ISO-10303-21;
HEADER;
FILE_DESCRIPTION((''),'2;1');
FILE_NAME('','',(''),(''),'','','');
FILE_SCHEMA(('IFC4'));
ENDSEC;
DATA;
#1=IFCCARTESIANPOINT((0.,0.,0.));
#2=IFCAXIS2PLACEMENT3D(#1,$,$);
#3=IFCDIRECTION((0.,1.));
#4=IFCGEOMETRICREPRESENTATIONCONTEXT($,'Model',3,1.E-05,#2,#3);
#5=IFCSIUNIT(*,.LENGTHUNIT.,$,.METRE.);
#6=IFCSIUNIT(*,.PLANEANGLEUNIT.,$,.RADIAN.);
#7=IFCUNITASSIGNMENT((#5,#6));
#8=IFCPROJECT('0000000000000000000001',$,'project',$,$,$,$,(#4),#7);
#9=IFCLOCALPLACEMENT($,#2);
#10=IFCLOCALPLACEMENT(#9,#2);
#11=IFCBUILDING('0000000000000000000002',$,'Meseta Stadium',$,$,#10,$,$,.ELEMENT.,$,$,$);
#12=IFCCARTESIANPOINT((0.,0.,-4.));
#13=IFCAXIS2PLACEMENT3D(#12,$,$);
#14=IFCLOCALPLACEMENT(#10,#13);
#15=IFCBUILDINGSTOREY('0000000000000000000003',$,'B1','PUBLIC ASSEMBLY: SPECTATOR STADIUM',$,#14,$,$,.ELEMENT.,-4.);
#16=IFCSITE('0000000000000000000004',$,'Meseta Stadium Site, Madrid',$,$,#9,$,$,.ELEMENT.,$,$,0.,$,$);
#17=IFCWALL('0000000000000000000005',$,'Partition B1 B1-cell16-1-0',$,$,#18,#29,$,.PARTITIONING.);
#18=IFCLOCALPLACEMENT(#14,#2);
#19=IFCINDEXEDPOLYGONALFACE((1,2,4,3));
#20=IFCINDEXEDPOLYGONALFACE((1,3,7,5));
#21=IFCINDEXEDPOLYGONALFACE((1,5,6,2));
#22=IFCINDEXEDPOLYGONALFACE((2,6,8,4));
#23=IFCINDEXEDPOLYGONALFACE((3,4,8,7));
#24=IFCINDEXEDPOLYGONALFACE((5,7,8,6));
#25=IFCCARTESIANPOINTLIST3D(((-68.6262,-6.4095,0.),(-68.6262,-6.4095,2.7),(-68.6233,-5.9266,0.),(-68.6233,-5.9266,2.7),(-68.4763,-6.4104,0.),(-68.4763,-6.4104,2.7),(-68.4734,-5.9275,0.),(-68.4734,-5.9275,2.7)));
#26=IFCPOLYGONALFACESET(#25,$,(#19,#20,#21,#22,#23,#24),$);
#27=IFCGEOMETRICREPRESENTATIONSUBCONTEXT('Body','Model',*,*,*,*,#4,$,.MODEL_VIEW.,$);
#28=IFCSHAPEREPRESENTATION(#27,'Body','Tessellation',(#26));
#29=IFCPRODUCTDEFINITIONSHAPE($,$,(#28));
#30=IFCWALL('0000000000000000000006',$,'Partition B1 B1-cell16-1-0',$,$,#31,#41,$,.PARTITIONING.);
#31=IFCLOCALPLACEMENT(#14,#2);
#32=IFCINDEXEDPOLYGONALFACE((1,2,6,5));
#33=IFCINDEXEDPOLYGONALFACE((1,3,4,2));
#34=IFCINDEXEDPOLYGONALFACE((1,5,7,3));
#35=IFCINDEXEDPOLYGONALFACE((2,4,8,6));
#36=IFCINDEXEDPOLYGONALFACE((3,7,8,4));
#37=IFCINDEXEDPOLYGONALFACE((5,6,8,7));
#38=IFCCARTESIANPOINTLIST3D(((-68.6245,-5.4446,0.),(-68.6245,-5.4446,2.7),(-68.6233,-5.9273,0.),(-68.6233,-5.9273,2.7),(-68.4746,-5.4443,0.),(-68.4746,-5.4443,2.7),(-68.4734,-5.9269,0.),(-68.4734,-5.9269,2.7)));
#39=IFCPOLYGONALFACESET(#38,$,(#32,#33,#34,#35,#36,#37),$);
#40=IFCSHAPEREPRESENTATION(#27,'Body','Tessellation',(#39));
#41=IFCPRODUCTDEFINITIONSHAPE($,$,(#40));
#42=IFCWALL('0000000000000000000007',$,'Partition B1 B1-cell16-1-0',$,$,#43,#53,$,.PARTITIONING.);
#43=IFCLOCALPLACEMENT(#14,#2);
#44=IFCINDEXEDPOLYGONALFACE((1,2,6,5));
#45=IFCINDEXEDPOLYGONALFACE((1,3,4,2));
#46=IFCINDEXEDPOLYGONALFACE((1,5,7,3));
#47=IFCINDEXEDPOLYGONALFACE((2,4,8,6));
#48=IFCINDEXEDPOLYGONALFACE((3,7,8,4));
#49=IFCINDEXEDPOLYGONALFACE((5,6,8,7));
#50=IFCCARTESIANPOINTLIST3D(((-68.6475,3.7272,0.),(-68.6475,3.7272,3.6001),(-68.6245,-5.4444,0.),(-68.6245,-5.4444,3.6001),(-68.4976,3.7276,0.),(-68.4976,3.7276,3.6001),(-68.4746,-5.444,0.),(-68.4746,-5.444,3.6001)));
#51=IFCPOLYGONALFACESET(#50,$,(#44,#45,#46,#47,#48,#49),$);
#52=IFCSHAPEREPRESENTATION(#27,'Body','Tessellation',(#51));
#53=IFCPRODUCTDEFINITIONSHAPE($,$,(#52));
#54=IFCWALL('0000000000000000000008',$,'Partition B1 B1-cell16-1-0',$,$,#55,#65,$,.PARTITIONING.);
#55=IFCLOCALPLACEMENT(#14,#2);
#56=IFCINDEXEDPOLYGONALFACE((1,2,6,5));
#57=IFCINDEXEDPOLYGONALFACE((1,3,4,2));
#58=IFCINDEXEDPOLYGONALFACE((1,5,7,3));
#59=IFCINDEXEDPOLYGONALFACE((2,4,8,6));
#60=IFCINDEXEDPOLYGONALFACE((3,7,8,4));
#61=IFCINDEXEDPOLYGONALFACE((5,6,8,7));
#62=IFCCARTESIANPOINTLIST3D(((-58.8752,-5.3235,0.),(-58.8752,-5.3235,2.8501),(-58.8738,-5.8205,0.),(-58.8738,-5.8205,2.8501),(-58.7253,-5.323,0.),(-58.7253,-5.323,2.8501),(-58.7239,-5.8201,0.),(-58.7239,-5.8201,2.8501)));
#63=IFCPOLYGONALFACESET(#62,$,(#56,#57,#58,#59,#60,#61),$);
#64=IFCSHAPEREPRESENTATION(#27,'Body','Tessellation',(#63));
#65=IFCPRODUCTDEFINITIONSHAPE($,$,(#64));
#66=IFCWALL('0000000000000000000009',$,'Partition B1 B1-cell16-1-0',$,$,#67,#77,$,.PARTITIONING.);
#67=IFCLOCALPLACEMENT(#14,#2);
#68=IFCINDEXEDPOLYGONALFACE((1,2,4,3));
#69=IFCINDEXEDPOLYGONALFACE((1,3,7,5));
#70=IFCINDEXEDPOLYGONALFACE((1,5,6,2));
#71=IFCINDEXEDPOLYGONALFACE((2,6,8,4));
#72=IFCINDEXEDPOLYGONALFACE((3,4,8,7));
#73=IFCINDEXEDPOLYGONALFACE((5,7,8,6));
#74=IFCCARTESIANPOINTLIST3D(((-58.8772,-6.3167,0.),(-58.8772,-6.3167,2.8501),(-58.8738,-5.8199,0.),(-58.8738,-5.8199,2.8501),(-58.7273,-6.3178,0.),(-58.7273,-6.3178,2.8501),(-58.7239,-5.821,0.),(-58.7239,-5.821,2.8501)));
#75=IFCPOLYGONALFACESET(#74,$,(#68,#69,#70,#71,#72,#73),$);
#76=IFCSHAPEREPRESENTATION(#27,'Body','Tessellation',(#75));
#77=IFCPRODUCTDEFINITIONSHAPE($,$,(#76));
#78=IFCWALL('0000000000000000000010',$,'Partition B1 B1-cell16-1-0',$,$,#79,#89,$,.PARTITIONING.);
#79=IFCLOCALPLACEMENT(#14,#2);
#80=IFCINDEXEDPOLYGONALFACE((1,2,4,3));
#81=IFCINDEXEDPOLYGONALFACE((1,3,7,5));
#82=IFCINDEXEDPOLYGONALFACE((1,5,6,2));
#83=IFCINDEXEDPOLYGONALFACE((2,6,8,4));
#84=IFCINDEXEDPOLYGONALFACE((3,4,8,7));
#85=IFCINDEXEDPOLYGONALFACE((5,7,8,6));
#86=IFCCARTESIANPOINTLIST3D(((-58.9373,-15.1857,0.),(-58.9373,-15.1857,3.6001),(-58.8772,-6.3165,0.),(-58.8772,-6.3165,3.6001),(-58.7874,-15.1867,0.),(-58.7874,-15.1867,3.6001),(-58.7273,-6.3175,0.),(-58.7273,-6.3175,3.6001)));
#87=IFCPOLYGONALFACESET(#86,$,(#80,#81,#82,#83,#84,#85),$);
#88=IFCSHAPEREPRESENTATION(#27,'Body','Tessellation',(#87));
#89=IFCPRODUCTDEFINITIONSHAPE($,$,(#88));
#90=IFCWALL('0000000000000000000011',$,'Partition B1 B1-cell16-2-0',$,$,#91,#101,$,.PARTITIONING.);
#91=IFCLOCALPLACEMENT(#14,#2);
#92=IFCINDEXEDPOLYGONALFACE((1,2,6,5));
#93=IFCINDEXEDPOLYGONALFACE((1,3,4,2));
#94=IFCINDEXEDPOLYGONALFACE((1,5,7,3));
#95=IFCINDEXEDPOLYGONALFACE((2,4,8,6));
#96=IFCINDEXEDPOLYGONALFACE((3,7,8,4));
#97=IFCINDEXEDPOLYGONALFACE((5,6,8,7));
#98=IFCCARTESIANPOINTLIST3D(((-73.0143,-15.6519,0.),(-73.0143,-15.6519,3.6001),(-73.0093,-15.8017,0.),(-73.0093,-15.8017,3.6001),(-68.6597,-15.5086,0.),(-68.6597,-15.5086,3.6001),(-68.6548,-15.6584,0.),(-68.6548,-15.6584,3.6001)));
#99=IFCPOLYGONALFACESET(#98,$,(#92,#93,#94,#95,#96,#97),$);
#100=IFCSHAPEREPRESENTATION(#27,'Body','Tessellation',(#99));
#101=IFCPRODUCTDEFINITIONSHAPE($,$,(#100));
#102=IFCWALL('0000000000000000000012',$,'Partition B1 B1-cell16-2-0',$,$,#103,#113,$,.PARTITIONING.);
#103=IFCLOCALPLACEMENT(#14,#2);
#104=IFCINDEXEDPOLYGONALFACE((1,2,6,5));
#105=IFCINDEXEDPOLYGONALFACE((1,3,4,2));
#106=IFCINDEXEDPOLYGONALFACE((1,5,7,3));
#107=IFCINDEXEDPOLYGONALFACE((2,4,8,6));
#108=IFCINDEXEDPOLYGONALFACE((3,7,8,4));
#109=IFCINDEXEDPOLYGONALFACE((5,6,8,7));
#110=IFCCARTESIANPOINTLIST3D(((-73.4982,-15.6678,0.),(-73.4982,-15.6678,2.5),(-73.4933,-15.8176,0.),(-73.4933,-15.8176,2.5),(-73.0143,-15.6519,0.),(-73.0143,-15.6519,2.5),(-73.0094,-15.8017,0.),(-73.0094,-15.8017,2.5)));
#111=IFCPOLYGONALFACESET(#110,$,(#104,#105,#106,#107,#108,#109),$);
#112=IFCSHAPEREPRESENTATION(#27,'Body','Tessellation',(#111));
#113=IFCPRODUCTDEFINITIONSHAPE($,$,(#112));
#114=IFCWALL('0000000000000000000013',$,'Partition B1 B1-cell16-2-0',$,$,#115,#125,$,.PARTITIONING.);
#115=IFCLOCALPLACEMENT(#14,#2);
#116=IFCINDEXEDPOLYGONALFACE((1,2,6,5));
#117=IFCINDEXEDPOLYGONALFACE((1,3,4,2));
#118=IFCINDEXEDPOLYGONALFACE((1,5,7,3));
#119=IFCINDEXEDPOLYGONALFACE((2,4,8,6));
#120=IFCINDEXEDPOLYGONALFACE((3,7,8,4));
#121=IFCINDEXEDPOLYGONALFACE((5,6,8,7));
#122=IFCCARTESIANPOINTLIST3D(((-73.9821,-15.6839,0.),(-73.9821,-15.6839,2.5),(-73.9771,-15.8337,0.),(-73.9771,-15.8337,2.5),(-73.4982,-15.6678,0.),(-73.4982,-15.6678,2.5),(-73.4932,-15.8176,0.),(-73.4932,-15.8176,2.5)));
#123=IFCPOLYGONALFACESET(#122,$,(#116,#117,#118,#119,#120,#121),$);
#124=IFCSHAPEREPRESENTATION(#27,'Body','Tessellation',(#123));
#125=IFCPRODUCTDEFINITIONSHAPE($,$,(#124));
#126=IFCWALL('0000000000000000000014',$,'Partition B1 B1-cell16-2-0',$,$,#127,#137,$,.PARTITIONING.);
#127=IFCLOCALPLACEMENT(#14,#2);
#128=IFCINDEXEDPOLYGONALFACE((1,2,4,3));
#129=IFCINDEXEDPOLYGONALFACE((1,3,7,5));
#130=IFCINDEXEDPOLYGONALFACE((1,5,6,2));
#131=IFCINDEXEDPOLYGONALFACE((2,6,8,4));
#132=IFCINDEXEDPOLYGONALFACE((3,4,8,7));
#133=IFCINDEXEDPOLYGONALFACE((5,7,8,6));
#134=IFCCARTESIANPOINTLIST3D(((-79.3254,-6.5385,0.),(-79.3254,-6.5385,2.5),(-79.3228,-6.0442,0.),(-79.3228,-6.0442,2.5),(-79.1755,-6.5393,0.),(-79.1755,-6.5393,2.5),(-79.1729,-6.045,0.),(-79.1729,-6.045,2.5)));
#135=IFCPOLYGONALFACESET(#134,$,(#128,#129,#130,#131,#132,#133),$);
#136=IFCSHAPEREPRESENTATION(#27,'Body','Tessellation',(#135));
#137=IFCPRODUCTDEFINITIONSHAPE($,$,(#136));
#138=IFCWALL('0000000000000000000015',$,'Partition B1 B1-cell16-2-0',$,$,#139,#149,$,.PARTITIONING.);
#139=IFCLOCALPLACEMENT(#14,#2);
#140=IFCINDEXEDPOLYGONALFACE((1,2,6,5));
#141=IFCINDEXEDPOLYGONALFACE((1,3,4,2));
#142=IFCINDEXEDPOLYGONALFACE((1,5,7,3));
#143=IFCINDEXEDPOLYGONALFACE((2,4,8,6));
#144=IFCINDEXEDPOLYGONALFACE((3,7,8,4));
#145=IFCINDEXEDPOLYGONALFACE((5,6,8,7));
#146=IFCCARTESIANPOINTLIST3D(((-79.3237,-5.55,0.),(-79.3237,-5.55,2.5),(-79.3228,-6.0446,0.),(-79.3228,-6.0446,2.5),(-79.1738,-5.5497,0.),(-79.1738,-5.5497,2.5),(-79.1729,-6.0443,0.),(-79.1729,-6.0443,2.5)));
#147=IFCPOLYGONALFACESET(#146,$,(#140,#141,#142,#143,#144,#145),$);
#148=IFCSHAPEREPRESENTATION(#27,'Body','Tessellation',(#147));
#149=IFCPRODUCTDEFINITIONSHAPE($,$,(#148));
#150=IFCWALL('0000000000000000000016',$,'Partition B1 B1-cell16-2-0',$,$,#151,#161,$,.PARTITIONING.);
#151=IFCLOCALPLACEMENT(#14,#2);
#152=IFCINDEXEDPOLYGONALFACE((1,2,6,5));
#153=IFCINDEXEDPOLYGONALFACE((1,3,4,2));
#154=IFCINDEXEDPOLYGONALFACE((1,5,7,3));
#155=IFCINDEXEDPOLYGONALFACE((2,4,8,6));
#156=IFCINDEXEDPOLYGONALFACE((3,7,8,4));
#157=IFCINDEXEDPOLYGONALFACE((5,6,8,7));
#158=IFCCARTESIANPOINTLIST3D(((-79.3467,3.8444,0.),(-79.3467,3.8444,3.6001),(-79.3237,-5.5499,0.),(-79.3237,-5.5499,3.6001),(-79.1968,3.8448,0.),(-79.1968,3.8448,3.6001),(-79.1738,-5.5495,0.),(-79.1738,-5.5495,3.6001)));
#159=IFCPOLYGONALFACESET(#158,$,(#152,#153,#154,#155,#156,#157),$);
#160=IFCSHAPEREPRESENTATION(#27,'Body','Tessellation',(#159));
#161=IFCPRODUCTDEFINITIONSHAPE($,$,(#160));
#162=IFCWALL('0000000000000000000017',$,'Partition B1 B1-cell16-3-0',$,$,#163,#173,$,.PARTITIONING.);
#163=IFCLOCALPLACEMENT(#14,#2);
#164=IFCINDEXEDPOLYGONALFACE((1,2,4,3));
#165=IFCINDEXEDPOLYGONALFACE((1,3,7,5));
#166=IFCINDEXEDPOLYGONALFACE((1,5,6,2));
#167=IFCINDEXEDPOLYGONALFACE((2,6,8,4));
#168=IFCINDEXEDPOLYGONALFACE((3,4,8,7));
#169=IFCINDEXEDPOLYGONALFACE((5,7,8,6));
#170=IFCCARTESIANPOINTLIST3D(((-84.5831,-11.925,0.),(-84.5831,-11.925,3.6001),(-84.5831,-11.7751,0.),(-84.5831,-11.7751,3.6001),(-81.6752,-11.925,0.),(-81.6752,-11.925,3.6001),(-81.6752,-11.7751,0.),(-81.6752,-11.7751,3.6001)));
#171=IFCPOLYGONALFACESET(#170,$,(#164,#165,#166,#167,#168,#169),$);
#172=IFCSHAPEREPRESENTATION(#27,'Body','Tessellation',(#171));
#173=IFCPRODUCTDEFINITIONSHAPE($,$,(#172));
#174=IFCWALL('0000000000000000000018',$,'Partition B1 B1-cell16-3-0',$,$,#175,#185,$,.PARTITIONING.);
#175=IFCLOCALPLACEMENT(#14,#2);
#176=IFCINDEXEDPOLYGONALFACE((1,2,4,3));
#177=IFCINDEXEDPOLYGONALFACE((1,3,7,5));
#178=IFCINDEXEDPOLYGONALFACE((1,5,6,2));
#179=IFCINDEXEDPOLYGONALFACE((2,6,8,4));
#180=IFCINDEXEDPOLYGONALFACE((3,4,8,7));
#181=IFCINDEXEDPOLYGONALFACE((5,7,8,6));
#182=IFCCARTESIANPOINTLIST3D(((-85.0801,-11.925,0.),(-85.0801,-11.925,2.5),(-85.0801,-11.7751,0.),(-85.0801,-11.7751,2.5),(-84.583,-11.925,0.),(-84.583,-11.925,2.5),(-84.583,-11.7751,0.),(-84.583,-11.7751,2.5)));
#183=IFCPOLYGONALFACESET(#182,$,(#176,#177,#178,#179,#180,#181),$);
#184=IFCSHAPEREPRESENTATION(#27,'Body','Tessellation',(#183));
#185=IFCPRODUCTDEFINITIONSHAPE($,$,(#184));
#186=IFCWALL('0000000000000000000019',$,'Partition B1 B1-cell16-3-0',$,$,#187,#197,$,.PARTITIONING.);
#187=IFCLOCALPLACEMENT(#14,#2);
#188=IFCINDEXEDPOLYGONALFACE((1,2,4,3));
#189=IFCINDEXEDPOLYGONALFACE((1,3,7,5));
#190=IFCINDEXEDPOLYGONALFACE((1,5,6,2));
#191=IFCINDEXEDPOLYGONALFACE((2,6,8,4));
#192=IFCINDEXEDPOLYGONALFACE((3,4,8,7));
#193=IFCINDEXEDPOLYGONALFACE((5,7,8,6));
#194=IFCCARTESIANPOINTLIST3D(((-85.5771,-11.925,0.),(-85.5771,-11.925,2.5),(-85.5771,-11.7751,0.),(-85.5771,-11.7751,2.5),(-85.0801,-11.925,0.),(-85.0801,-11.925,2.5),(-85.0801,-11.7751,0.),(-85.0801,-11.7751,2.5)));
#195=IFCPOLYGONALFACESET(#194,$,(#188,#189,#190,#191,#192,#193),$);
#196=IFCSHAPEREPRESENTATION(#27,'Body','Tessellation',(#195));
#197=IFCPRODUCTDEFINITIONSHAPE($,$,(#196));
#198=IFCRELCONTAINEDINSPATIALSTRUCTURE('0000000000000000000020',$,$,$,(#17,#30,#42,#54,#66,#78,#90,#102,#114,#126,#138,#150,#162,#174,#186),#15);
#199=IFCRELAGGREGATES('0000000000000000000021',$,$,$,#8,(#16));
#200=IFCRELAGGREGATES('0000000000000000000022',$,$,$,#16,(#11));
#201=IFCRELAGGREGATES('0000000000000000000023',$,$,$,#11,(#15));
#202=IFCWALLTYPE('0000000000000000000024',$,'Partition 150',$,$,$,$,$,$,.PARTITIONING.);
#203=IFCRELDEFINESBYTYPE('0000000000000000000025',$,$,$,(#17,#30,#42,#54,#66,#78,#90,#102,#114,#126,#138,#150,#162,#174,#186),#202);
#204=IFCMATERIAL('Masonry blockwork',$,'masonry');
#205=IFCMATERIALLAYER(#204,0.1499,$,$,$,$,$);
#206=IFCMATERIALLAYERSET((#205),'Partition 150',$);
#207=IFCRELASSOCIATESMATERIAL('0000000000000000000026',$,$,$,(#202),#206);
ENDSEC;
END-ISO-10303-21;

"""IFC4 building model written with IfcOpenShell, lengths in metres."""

from ifc_helpers import new_model, si_unit, direction, frame, frame_2d, origin, place, context, subcontext, project, spatial, rectangle, extrude, material, layer, layer_set, type_object, element, save


model = new_model("IFC4")

# Units and contexts
model_context = context("Model", 3, precision=1e-05, world=origin(), true_north=direction((0.0, 1.0)))
body_context = subcontext(model_context, "Body", "Model", "MODEL_VIEW")
ifc_project = project(units=[si_unit("LENGTHUNIT", "METRE"), si_unit("PLANEANGLEUNIT", "RADIAN")], contexts=[model_context])

# Site, building, storey
site_placement = place(None, origin())
site = spatial("IfcSite", under=ifc_project, at=site_placement, Name="Meseta Stadium Site, Madrid", CompositionType="ELEMENT", RefElevation=0.0)
building_placement = place(site_placement, origin())
building = spatial("IfcBuilding", under=site, at=building_placement, Name="Meseta Stadium", CompositionType="ELEMENT")
storey_placement = place(building_placement, frame((0.0, 0.0, -4.0)))
storey = spatial("IfcBuildingStorey", under=building, at=storey_placement, Name="B1", Description="PUBLIC ASSEMBLY: SPECTATOR STADIUM", CompositionType="ELEMENT", Elevation=-4.0)

# Walls
ifc_material_1 = material(Name="Masonry blockwork", Category="masonry")
ifc_layer = layer(ifc_material_1, 0.1499)
ifc_layer_set = layer_set([ifc_layer], Name="Partition 150")
wall_type = type_object("IfcWallType", Name="Partition 150", PredefinedType="PARTITIONING", material=ifc_layer_set)
wall_1_placement = place(storey_placement, frame((-68.5513, -6.4099, 0.0), z_axis=(0.0, 0.0, 1.0), x_axis=(0.006067, 0.999982, 0.0)))
element("IfcWall", 1, at=wall_1_placement, inside=storey, type_object=wall_type, Name="Partition B1 B1-cell16-1-0", PredefinedType="PARTITIONING", context=body_context, shape_type="SweptSolid", body=[
    extrude(rectangle(XDim=0.4829, YDim=0.1499, at=frame_2d((0.2415, 0.0))), origin(), (0.0, 0.0, 1.0), 2.7),
])
wall_2_placement = place(storey_placement, frame((-68.5483, -5.927, 0.0), z_axis=(0.0, 0.0, 1.0), x_axis=(-0.002529, 0.999997, 0.0)))
element("IfcWall", 2, at=wall_2_placement, inside=storey, type_object=wall_type, Name="Partition B1 B1-cell16-1-0", PredefinedType="PARTITIONING", context=body_context, shape_type="SweptSolid", body=[
    extrude(rectangle(XDim=0.4827, YDim=0.1499, at=frame_2d((0.2412, 0.0))), origin(), (0.0, 0.0, 1.0), 2.7),
])
wall_3_placement = place(storey_placement, frame((-68.5496, -5.4443, 0.0), z_axis=(0.0, 0.0, 1.0), x_axis=(-0.002502, 0.999997, 0.0)))
element("IfcWall", 3, at=wall_3_placement, inside=storey, type_object=wall_type, Name="Partition B1 B1-cell16-1-0", PredefinedType="PARTITIONING", context=body_context, shape_type="SweptSolid", body=[
    extrude(rectangle(XDim=9.1716, YDim=0.1499, at=frame_2d((4.5859, 0.0))), origin(), (0.0, 0.0, 1.0), 3.6001),
])
wall_4_placement = place(storey_placement, frame((-58.8003, -5.3232, 0.0), z_axis=(0.0, 0.0, 1.0), x_axis=(0.002947, -0.999996, 0.0)))
element("IfcWall", 4, at=wall_4_placement, inside=storey, type_object=wall_type, Name="Partition B1 B1-cell16-1-0", PredefinedType="PARTITIONING", context=body_context, shape_type="SweptSolid", body=[
    extrude(rectangle(XDim=0.4971, YDim=0.1499, at=frame_2d((0.2485, 0.0))), origin(), (0.0, 0.0, 1.0), 2.8501),
])
wall_5_placement = place(storey_placement, frame((-58.7988, -5.8203, 0.0), z_axis=(0.0, 0.0, 1.0), x_axis=(-0.006879, -0.999976, 0.0)))
element("IfcWall", 5, at=wall_5_placement, inside=storey, type_object=wall_type, Name="Partition B1 B1-cell16-1-0", PredefinedType="PARTITIONING", context=body_context, shape_type="SweptSolid", body=[
    extrude(rectangle(XDim=0.4968, YDim=0.1499, at=frame_2d((0.2485, 0.0))), origin(), (0.0, 0.0, 1.0), 2.8501),
])
wall_6_placement = place(storey_placement, frame((-58.8022, -6.3171, 0.0), z_axis=(0.0, 0.0, 1.0), x_axis=(-0.006771, -0.999977, 0.0)))
element("IfcWall", 6, at=wall_6_placement, inside=storey, type_object=wall_type, Name="Partition B1 B1-cell16-1-0", PredefinedType="PARTITIONING", context=body_context, shape_type="SweptSolid", body=[
    extrude(rectangle(XDim=8.8694, YDim=0.1499, at=frame_2d((4.4346, 0.0))), origin(), (0.0, 0.0, 1.0), 3.6001),
])
wall_7_placement = place(storey_placement, frame((-68.6572, -15.5835, 0.0), z_axis=(0.0, 0.0, 1.0), x_axis=(-0.999459, -0.032893, 0.0)))
element("IfcWall", 7, at=wall_7_placement, inside=storey, type_object=wall_type, Name="Partition B1 B1-cell16-2-0", PredefinedType="PARTITIONING", context=body_context, shape_type="SweptSolid", body=[
    extrude(rectangle(XDim=4.3569, YDim=0.1499, at=frame_2d((2.1785, 0.0))), origin(), (0.0, 0.0, 1.0), 3.6001),
])
for number, where, z_axis, x_axis, name in (
    (8, (-73.0117, -15.7268, 0.0), (0.0, 0.0, 1.0), (-0.999463, -0.032778, 0.0), "Partition B1 B1-cell16-2-0"),
    (9, (-73.4956, -15.7427, 0.0), (0.0, 0.0, 1.0), (-0.999446, -0.033281, 0.0), "Partition B1 B1-cell16-2-0"),
):
    element("IfcWall", number, at=place(storey_placement, frame(where, z_axis=z_axis, x_axis=x_axis)), inside=storey, type_object=wall_type, Name=name, PredefinedType="PARTITIONING", context=body_context, shape_type="SweptSolid", body=[
        extrude(rectangle(XDim=0.4841, YDim=0.1499, at=frame_2d((0.2422, 0.0))), origin(), (0.0, 0.0, 1.0), 2.5),
    ])
wall_8_placement = place(storey_placement, frame((-79.2505, -6.5388, 0.0), z_axis=(0.0, 0.0, 1.0), x_axis=(0.005432, 0.999985, 0.0)))
element("IfcWall", 10, at=wall_8_placement, inside=storey, type_object=wall_type, Name="Partition B1 B1-cell16-2-0", PredefinedType="PARTITIONING", context=body_context, shape_type="SweptSolid", body=[
    extrude(rectangle(XDim=0.4944, YDim=0.1499, at=frame_2d((0.2471, 0.0))), origin(), (0.0, 0.0, 1.0), 2.5),
])
wall_9_placement = place(storey_placement, frame((-79.2478, -6.0444, 0.0), z_axis=(0.0, 0.0, 1.0), x_axis=(-0.001974, 0.999998, 0.0)))
element("IfcWall", 11, at=wall_9_placement, inside=storey, type_object=wall_type, Name="Partition B1 B1-cell16-2-0", PredefinedType="PARTITIONING", context=body_context, shape_type="SweptSolid", body=[
    extrude(rectangle(XDim=0.4946, YDim=0.1499, at=frame_2d((0.2473, 0.0))), origin(), (0.0, 0.0, 1.0), 2.5),
])
wall_10_placement = place(storey_placement, frame((-79.2488, -5.5498, 0.0), z_axis=(0.0, 0.0, 1.0), x_axis=(-0.002443, 0.999997, 0.0)))
element("IfcWall", 12, at=wall_10_placement, inside=storey, type_object=wall_type, Name="Partition B1 B1-cell16-2-0", PredefinedType="PARTITIONING", context=body_context, shape_type="SweptSolid", body=[
    extrude(rectangle(XDim=9.3943, YDim=0.1499, at=frame_2d((4.6973, 0.0))), origin(), (0.0, 0.0, 1.0), 3.6001),
])
wall_11_placement = place(storey_placement, frame((-81.675, -11.8501, 0.0), z_axis=(0.0, 0.0, 1.0), x_axis=(-1.0, 0.0, 0.0)))
element("IfcWall", 13, at=wall_11_placement, inside=storey, type_object=wall_type, Name="Partition B1 B1-cell16-3-0", PredefinedType="PARTITIONING", context=body_context, shape_type="SweptSolid", body=[
    extrude(rectangle(XDim=2.908, YDim=0.1499, at=frame_2d((1.4541, 0.0))), origin(), (0.0, 0.0, 1.0), 3.6001),
])
for number, where, z_axis, x_axis, name in (
    (14, (-84.583, -11.8501, 0.0), (0.0, 0.0, 1.0), (-1.0, 0.0, 0.0), "Partition B1 B1-cell16-3-0"),
    (15, (-85.0801, -11.8501, 0.0), (0.0, 0.0, 1.0), (-1.0, 0.0, 0.0), "Partition B1 B1-cell16-3-0"),
):
    element("IfcWall", number, at=place(storey_placement, frame(where, z_axis=z_axis, x_axis=x_axis)), inside=storey, type_object=wall_type, Name=name, PredefinedType="PARTITIONING", context=body_context, shape_type="SweptSolid", body=[
        extrude(rectangle(XDim=0.4971, YDim=0.1499, at=frame_2d((0.2485, 0.0))), origin(), (0.0, 0.0, 1.0), 2.5),
    ])

save(model, "model.ifc")
